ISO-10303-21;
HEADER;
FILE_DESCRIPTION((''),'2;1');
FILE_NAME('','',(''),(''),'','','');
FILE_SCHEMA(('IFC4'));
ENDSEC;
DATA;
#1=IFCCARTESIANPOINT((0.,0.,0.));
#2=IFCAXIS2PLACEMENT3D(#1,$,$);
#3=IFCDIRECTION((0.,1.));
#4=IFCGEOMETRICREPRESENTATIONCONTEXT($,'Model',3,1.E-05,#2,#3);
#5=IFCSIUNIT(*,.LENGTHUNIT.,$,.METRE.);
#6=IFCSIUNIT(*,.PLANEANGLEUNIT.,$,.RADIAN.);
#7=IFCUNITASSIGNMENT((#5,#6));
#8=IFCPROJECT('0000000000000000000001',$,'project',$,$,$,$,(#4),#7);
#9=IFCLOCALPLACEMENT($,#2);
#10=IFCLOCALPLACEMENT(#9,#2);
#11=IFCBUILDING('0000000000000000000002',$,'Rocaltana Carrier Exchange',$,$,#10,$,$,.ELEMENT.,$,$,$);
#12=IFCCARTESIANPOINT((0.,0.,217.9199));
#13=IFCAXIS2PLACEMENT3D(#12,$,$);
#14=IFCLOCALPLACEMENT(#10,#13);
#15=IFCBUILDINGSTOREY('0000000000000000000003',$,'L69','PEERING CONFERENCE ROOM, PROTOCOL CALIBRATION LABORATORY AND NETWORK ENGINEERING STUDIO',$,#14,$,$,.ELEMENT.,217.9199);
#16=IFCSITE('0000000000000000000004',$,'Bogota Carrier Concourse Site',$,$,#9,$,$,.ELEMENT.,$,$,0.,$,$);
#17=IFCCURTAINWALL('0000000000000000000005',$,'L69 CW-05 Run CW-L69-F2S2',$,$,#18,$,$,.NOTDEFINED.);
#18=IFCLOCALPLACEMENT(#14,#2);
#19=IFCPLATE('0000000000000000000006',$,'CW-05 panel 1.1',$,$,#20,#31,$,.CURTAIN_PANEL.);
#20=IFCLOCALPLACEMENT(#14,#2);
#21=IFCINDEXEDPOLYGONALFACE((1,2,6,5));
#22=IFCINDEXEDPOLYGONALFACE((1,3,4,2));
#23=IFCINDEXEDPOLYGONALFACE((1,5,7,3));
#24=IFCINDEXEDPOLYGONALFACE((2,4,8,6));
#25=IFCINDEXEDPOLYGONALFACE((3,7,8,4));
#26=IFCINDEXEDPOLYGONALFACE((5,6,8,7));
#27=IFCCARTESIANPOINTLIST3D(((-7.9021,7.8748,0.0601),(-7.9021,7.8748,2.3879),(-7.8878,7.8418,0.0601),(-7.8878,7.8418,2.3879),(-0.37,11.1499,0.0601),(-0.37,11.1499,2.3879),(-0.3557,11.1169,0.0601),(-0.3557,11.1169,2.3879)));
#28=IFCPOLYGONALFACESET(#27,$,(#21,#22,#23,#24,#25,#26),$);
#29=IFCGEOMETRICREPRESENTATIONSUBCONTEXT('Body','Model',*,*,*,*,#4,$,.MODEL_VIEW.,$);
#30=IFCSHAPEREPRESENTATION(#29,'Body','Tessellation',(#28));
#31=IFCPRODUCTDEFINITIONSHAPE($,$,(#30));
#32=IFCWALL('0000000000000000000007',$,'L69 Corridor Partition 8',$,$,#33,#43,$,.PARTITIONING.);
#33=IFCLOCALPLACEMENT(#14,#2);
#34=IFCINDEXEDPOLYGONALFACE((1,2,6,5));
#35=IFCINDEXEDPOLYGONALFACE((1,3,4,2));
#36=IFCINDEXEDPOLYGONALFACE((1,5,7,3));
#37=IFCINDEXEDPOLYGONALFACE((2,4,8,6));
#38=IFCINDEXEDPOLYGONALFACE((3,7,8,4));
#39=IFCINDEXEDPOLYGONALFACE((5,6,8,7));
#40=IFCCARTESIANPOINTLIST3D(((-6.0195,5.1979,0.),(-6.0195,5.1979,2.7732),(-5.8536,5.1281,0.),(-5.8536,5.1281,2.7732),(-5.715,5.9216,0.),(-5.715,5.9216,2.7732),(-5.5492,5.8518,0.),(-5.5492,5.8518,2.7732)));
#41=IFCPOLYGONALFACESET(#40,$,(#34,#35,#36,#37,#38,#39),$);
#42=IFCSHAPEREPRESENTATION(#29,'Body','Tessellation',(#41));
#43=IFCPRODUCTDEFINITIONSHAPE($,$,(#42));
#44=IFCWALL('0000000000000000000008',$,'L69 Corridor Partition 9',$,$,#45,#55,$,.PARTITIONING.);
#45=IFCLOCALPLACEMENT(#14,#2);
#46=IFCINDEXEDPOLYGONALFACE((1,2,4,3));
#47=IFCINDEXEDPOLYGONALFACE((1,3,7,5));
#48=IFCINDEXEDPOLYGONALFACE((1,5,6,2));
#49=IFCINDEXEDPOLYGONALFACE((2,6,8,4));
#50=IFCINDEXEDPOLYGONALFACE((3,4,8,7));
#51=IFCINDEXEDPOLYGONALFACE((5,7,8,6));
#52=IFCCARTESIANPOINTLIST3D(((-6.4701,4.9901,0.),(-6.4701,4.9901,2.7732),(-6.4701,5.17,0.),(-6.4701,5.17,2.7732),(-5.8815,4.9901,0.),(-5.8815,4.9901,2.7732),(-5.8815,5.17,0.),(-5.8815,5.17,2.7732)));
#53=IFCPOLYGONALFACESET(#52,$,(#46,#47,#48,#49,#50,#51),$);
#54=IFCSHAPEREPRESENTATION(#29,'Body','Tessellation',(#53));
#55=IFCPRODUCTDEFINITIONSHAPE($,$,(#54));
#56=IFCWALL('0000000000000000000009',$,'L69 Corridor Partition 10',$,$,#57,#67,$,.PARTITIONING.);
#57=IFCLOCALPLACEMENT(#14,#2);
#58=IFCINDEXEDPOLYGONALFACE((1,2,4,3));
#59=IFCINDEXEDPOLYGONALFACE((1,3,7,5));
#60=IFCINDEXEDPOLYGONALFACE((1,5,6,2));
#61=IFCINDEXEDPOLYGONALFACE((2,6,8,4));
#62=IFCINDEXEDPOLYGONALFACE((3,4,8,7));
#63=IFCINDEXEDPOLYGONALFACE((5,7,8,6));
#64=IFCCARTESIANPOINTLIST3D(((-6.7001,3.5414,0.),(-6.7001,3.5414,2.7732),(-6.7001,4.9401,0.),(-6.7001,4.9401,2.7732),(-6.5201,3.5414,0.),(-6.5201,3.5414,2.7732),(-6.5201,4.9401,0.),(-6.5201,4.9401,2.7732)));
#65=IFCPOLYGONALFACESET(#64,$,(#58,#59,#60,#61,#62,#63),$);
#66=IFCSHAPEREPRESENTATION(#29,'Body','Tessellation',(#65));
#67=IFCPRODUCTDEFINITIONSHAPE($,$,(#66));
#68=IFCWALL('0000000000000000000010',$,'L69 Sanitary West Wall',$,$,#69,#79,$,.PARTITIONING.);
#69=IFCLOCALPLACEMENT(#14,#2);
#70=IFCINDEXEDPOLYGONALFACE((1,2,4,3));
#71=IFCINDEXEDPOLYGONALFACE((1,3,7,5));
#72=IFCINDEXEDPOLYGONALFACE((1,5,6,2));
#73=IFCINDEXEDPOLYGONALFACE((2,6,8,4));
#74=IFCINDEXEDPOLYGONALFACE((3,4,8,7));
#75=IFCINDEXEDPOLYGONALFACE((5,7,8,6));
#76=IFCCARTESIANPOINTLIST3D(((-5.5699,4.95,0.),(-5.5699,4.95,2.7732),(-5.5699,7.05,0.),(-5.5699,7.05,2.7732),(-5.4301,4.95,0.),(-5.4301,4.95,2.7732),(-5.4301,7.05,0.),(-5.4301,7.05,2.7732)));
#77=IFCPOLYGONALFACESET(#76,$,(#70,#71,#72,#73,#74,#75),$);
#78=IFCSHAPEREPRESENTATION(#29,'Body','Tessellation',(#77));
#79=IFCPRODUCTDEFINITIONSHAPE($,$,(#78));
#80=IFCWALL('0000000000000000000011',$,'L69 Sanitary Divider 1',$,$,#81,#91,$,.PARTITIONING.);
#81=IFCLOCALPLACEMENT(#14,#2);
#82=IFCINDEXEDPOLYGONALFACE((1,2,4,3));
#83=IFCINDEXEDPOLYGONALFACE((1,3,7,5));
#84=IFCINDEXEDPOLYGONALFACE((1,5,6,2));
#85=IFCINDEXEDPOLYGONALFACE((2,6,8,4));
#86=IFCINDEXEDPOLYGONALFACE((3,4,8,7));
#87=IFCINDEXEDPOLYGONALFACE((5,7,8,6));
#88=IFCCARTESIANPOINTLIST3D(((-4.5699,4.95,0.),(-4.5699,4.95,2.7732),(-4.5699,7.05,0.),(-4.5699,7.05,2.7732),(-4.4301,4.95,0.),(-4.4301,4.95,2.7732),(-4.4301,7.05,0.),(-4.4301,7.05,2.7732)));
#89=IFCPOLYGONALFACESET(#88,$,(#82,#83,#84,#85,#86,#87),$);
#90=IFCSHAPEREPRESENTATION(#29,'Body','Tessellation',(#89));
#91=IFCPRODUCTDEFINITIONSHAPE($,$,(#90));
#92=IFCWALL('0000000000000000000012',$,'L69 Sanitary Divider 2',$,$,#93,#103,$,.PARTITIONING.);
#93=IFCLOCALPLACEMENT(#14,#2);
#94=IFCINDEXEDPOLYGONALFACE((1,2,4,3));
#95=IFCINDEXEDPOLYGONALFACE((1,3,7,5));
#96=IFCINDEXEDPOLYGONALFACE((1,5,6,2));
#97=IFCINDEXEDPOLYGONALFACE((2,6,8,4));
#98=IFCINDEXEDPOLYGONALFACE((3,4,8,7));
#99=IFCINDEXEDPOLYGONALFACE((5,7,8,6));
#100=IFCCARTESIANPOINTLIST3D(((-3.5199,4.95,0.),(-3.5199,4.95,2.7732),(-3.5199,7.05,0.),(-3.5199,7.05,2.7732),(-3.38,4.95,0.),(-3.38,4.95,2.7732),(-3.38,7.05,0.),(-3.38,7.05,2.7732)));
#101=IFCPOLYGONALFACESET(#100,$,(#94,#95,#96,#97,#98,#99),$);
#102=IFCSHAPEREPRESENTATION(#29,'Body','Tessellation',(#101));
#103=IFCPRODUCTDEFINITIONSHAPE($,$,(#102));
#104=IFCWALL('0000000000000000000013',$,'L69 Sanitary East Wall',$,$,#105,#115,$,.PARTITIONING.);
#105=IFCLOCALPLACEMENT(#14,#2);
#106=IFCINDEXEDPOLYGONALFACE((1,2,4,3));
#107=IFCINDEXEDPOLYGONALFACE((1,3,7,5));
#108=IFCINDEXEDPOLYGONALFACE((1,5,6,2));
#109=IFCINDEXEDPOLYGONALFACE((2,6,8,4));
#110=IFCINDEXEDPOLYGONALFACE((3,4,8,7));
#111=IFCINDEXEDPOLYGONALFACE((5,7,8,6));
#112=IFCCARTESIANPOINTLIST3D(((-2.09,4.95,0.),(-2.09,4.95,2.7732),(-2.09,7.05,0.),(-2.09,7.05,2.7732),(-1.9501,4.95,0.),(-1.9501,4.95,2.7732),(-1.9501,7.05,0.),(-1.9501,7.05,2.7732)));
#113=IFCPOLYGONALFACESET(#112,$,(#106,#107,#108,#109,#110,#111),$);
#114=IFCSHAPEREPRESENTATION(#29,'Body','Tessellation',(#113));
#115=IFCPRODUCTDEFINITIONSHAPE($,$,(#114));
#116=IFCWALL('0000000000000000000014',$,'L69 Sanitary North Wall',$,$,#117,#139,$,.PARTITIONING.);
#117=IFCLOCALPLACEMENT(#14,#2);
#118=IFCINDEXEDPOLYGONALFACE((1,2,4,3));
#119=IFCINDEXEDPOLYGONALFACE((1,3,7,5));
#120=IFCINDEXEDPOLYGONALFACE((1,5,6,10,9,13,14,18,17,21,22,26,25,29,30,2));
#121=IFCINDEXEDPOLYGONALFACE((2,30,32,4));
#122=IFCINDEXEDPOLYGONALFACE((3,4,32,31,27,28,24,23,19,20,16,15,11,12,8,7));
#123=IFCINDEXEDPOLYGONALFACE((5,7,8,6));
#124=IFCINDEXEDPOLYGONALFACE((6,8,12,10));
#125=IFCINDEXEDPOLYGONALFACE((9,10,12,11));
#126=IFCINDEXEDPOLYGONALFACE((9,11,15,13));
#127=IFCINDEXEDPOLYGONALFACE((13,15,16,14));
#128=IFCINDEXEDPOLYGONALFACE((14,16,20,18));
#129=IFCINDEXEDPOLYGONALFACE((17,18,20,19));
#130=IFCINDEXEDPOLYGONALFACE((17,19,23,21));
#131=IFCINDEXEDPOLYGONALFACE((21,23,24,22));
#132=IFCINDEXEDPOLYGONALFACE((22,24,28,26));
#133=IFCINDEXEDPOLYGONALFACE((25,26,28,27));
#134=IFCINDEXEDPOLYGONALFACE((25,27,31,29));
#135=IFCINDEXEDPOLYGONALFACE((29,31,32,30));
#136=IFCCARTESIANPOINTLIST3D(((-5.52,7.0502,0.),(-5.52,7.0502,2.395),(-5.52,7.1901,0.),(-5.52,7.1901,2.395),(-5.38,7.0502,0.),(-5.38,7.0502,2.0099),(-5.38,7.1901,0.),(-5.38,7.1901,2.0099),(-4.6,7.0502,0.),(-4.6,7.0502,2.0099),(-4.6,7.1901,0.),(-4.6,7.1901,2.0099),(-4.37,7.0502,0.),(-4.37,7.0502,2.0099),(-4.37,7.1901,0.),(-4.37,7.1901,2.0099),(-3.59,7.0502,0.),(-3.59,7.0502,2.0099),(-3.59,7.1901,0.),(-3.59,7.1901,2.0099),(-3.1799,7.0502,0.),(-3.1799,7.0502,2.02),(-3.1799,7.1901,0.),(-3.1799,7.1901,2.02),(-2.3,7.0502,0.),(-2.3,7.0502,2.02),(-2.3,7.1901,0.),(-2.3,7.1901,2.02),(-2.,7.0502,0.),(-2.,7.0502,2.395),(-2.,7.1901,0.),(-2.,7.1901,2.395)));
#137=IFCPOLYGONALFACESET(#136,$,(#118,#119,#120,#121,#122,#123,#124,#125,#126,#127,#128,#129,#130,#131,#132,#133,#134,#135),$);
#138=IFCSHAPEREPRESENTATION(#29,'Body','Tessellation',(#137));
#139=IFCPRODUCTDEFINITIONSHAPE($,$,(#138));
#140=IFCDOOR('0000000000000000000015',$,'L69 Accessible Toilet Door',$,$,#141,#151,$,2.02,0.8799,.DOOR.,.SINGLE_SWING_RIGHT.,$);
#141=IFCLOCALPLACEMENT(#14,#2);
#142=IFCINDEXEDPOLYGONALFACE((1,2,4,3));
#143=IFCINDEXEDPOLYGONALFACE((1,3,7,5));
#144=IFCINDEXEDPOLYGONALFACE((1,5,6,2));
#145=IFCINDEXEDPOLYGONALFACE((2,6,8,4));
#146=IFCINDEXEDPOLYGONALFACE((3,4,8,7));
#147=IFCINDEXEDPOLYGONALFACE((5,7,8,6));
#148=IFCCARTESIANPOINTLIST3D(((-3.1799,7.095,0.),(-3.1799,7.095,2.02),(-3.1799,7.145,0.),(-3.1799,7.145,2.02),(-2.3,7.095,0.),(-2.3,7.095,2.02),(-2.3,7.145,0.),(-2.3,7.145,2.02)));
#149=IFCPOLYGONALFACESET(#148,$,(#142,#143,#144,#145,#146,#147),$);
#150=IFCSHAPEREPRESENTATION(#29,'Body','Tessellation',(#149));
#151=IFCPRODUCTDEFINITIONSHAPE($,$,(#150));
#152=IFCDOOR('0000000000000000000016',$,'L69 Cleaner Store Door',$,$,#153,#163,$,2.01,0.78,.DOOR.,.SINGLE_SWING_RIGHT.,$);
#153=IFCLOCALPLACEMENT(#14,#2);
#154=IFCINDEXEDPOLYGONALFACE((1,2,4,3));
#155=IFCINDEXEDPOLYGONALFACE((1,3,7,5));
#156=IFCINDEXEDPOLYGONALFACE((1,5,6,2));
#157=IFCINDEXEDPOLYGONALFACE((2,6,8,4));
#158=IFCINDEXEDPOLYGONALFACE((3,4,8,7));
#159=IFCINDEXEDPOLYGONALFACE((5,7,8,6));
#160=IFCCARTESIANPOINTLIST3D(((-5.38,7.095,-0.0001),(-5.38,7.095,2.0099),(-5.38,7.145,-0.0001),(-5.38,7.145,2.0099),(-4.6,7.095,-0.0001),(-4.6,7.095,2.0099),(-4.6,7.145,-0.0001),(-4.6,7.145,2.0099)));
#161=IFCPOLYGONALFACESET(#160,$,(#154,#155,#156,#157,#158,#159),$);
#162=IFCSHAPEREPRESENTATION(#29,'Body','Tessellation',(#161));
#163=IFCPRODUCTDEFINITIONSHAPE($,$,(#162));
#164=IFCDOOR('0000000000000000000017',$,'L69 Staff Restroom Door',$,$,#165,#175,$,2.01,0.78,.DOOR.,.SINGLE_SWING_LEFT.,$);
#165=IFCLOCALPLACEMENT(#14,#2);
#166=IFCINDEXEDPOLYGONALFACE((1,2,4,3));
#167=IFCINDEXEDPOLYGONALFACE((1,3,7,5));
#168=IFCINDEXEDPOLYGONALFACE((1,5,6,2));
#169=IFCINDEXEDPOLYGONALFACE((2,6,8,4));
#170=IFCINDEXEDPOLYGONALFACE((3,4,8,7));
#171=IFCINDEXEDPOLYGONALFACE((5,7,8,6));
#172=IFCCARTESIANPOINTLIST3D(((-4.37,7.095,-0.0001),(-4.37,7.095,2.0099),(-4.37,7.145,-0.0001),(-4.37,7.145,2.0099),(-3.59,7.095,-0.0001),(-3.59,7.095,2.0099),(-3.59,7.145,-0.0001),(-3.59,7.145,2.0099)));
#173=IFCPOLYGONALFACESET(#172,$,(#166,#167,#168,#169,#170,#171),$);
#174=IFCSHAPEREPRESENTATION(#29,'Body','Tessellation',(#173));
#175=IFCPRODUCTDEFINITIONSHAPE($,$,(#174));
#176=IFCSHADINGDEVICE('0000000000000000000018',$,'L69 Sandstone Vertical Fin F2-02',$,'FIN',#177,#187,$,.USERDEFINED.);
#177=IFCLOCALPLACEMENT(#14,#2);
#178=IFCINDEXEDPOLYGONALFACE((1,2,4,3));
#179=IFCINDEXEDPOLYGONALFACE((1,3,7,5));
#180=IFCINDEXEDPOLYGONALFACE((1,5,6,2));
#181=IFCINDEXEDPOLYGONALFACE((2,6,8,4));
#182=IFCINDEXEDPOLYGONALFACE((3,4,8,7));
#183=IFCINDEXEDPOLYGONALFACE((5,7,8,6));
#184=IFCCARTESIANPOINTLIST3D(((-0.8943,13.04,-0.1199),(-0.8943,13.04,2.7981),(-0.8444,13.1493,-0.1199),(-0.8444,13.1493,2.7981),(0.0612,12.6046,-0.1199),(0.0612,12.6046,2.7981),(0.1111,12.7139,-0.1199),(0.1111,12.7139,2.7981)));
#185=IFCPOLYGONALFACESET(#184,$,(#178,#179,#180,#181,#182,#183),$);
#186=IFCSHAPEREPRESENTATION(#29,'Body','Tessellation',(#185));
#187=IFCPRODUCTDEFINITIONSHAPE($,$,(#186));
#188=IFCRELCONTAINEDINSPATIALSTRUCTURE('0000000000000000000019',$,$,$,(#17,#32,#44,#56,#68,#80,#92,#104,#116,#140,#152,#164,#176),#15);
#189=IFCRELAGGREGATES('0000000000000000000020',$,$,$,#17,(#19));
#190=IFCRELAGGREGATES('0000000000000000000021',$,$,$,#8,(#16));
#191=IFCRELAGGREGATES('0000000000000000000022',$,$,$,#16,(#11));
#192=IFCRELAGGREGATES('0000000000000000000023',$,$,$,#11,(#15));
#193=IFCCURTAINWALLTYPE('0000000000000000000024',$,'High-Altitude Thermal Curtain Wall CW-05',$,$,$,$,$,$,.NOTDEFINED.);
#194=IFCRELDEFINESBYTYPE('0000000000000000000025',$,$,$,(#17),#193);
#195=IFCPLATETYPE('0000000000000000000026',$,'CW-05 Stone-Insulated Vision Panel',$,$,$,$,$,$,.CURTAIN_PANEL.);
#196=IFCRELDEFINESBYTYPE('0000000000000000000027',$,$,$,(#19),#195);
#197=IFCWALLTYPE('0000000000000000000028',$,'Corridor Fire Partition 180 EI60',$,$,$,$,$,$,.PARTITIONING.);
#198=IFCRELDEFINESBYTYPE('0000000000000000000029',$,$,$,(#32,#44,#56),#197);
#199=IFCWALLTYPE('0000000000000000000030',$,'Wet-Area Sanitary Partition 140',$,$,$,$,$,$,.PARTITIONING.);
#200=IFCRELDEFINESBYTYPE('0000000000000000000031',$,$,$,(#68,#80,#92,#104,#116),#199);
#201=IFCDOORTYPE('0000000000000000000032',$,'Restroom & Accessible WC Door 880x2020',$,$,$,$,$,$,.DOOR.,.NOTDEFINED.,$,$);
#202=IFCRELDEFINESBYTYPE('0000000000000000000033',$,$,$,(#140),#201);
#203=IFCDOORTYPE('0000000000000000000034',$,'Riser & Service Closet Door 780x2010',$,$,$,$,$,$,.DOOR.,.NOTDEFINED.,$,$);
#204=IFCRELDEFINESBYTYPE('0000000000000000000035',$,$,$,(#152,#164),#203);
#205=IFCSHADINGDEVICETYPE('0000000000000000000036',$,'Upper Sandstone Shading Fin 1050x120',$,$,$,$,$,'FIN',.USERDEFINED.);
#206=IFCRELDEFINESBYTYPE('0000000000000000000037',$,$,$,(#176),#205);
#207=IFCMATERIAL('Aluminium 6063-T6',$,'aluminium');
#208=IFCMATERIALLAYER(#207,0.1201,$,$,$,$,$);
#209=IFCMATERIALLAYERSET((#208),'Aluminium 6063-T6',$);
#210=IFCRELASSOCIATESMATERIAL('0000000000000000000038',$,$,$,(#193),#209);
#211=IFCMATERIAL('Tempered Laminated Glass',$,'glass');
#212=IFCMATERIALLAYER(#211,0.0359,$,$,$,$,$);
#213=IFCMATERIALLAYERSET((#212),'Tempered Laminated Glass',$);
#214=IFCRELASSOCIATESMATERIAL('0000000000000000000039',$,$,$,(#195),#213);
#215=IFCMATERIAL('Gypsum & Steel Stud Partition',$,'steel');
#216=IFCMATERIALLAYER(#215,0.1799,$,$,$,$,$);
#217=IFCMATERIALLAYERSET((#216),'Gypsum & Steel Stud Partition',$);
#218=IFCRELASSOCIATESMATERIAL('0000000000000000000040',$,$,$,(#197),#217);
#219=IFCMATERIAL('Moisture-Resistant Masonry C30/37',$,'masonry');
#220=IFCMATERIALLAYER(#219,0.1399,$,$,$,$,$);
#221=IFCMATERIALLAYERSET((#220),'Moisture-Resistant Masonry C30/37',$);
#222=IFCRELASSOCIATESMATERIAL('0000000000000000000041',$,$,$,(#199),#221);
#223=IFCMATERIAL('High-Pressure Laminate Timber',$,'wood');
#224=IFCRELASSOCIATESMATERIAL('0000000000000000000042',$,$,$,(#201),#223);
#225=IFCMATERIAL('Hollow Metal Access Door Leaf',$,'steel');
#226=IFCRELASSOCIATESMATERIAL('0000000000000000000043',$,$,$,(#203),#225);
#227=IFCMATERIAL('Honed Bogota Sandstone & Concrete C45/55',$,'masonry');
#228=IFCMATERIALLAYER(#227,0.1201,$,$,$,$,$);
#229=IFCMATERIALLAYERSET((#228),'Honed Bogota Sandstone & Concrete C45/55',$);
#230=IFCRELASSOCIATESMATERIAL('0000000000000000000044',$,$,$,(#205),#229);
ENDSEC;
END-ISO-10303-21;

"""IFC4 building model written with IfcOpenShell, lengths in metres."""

from ifc_helpers import new_model, si_unit, direction, frame, frame_2d, origin, origin_2d, place, context, subcontext, project, spatial, rectangle, extrude, material, layer, layer_set, type_object, element, fill, aggregate, save


model = new_model("IFC4")

# Units and contexts
model_context = context("Model", 3, precision=1e-05, world=origin(), true_north=direction((0.0, 1.0)))
body_context = subcontext(model_context, "Body", "Model", "MODEL_VIEW")
ifc_project = project(units=[si_unit("LENGTHUNIT", "METRE"), si_unit("PLANEANGLEUNIT", "RADIAN")], contexts=[model_context])

# Site, building, storey
site_placement = place(None, origin())
site = spatial("IfcSite", under=ifc_project, at=site_placement, Name="Bogota Carrier Concourse Site", CompositionType="ELEMENT", RefElevation=0.0)
building_placement = place(site_placement, origin())
building = spatial("IfcBuilding", under=site, at=building_placement, Name="Rocaltana Carrier Exchange", CompositionType="ELEMENT")
storey_placement = place(building_placement, frame((0.0, 0.0, 217.9199)))
storey = spatial("IfcBuildingStorey", under=building, at=storey_placement, Name="L69", Description="PEERING CONFERENCE ROOM, PROTOCOL CALIBRATION LABORATORY AND NETWORK ENGINEERING STUDIO", CompositionType="ELEMENT", Elevation=217.9199)

# Curtain wall
ifc_material_1 = material(Name="Aluminium 6063-T6", Category="aluminium")
ifc_layer_1 = layer(ifc_material_1, 0.1201)
ifc_layer_set_1 = layer_set([ifc_layer_1], Name="Aluminium 6063-T6")
curtain_wall_type = type_object("IfcCurtainWallType", Name="High-Altitude Thermal Curtain Wall CW-05", PredefinedType="NOTDEFINED", material=ifc_layer_set_1)
curtain_wall_placement = place(storey_placement, origin())
curtain_wall = element("IfcCurtainWall", 1, at=curtain_wall_placement, inside=storey, type_object=curtain_wall_type, Name="L69 CW-05 Run CW-L69-F2S2", PredefinedType="NOTDEFINED")

# Plate
ifc_material_2 = material(Name="Tempered Laminated Glass", Category="glass")
ifc_layer_2 = layer(ifc_material_2, 0.0359)
ifc_layer_set_2 = layer_set([ifc_layer_2], Name="Tempered Laminated Glass")
plate_type = type_object("IfcPlateType", Name="CW-05 Stone-Insulated Vision Panel", PredefinedType="CURTAIN_PANEL", material=ifc_layer_set_2)
plate_placement = place(storey_placement, frame((-4.1289, 9.4958, 0.0601), z_axis=(0.0, 0.0, 1.0), x_axis=(-0.917059, -0.398752, 0.0)))
plate = element("IfcPlate", 2, at=plate_placement, type_object=plate_type, Name="CW-05 panel 1.1", PredefinedType="CURTAIN_PANEL", context=body_context, shape_type="SweptSolid", body=[
    extrude(rectangle(XDim=8.2134, YDim=0.0359, at=origin_2d()), origin(), (0.0, 0.0, 1.0), 2.3279),
])
aggregate(curtain_wall, [plate])

# Walls
ifc_material_3 = material(Name="Gypsum & Steel Stud Partition", Category="steel")
ifc_layer_3 = layer(ifc_material_3, 0.1799)
ifc_layer_set_3 = layer_set([ifc_layer_3], Name="Gypsum & Steel Stud Partition")
wall_type_1 = type_object("IfcWallType", Name="Corridor Fire Partition 180 EI60", PredefinedType="PARTITIONING", material=ifc_layer_set_3)
wall_1_placement = place(storey_placement, frame((-5.6321, 5.8867, 0.0), z_axis=(0.0, 0.0, 1.0), x_axis=(-0.387793, -0.921747, 0.0)))
element("IfcWall", 3, at=wall_1_placement, inside=storey, type_object=wall_type_1, Name="L69 Corridor Partition 8", PredefinedType="PARTITIONING", context=body_context, shape_type="SweptSolid", body=[
    extrude(rectangle(XDim=0.7852, YDim=0.1799, at=frame_2d((0.3926, 0.0))), origin(), (0.0, 0.0, 1.0), 2.7732),
])
wall_2_placement = place(storey_placement, frame((-5.8813, 5.0801, 0.0), z_axis=(0.0, 0.0, 1.0), x_axis=(-1.0, 0.0, 0.0)))
element("IfcWall", 4, at=wall_2_placement, inside=storey, type_object=wall_type_1, Name="L69 Corridor Partition 9", PredefinedType="PARTITIONING", context=body_context, shape_type="SweptSolid", body=[
    extrude(rectangle(XDim=0.5886, YDim=0.1799, at=frame_2d((0.2944, 0.0))), origin(), (0.0, 0.0, 1.0), 2.7732),
])
wall_3_placement = place(storey_placement, frame((-6.6101, 4.9399, 0.0), z_axis=(0.0, 0.0, 1.0), x_axis=(0.0, -1.0, 0.0)))
element("IfcWall", 5, at=wall_3_placement, inside=storey, type_object=wall_type_1, Name="L69 Corridor Partition 10", PredefinedType="PARTITIONING", context=body_context, shape_type="SweptSolid", body=[
    extrude(rectangle(XDim=1.3987, YDim=0.1799, at=frame_2d((0.6992, 0.0))), origin(), (0.0, 0.0, 1.0), 2.7732),
])
ifc_material_4 = material(Name="Moisture-Resistant Masonry C30/37", Category="masonry")
ifc_layer_4 = layer(ifc_material_4, 0.1399)
ifc_layer_set_4 = layer_set([ifc_layer_4], Name="Moisture-Resistant Masonry C30/37")
wall_type_2 = type_object("IfcWallType", Name="Wet-Area Sanitary Partition 140", PredefinedType="PARTITIONING", material=ifc_layer_set_4)
for number, where, z_axis, x_axis, name in (
    (6, (-5.5, 4.95, 0.0), (0.0, 0.0, 1.0), (0.0, 1.0, 0.0), "L69 Sanitary West Wall"),
    (7, (-4.5, 4.95, 0.0), (0.0, 0.0, 1.0), (0.0, 1.0, 0.0), "L69 Sanitary Divider 1"),
    (8, (-3.45, 4.95, 0.0), (0.0, 0.0, 1.0), (0.0, 1.0, 0.0), "L69 Sanitary Divider 2"),
    (9, (-2.02, 4.95, 0.0), (0.0, 0.0, 1.0), (0.0, 1.0, 0.0), "L69 Sanitary East Wall"),
):
    element("IfcWall", number, at=place(storey_placement, frame(where, z_axis=z_axis, x_axis=x_axis)), inside=storey, type_object=wall_type_2, Name=name, PredefinedType="PARTITIONING", context=body_context, shape_type="SweptSolid", body=[
        extrude(rectangle(XDim=2.1001, YDim=0.1399, at=frame_2d((1.05, 0.0))), origin(), (0.0, 0.0, 1.0), 2.7732),
    ])

# Wall, openings, doors
wall_4_placement = place(storey_placement, frame((-5.52, 7.1201, 0.0), z_axis=(0.0, 0.0, 1.0), x_axis=(1.0, 0.0, 0.0)))
wall_4 = element("IfcWall", 10, at=wall_4_placement, inside=storey, type_object=wall_type_2, Name="L69 Sanitary North Wall", PredefinedType="PARTITIONING", context=body_context, shape_type="SweptSolid", body=[
    extrude(rectangle(XDim=3.52, YDim=0.1399, at=frame_2d((1.76, 0.0))), origin(), (0.0, 0.0, 1.0), 2.395),
])
opening_1_placement = place(wall_4_placement, frame((0.1399, 0.0, 0.0)))
opening_1 = element("IfcOpeningElement", 11, at=opening_1_placement, cuts=wall_4, PredefinedType="OPENING", context=body_context, shape_type="SweptSolid", body=[
    extrude(rectangle(XDim=0.78, YDim=2.01, at=frame_2d((0.3901, 1.0049))), frame((0.0, 0.0798, 0.0), z_axis=(0.0, -1.0, 0.0), x_axis=(1.0, 0.0, 0.0)), (0.0, 0.0, 1.0), 0.1599),
])
opening_2_placement = place(wall_4_placement, frame((1.1499, 0.0, 0.0)))
opening_2 = element("IfcOpeningElement", 12, at=opening_2_placement, cuts=wall_4, PredefinedType="OPENING", context=body_context, shape_type="SweptSolid", body=[
    extrude(rectangle(XDim=0.78, YDim=2.01, at=frame_2d((0.3901, 1.0049))), frame((0.0, 0.0798, 0.0), z_axis=(0.0, -1.0, 0.0), x_axis=(1.0, 0.0, 0.0)), (0.0, 0.0, 1.0), 0.1599),
])
opening_3_placement = place(wall_4_placement, frame((2.3401, 0.0, 0.0)))
opening_3 = element("IfcOpeningElement", 13, at=opening_3_placement, cuts=wall_4, PredefinedType="OPENING", context=body_context, shape_type="SweptSolid", body=[
    extrude(rectangle(XDim=0.8799, YDim=2.02, at=frame_2d((0.4399, 1.01))), frame((0.0, 0.0798, 0.0), z_axis=(0.0, -1.0, 0.0), x_axis=(1.0, 0.0, 0.0)), (0.0, 0.0, 1.0), 0.1599),
])
ifc_material_5 = material(Name="High-Pressure Laminate Timber", Category="wood")
door_type_1 = type_object("IfcDoorType", Name="Restroom & Accessible WC Door 880x2020", OperationType="NOTDEFINED", PredefinedType="DOOR", material=ifc_material_5)
door_1_placement = place(opening_3_placement, origin())
door_1 = element("IfcDoor", 14, at=door_1_placement, inside=storey, type_object=door_type_1, Name="L69 Accessible Toilet Door", OperationType="SINGLE_SWING_RIGHT", OverallHeight=2.02, OverallWidth=0.8799, PredefinedType="DOOR", context=body_context, shape_type="SweptSolid", body=[
    extrude(rectangle(XDim=0.8799, YDim=2.02, at=frame_2d((0.4399, 1.01))), frame((0.0, 0.0249, 0.0), z_axis=(0.0, -1.0, 0.0), x_axis=(1.0, 0.0, 0.0)), (0.0, 0.0, 1.0), 0.05),
])
fill(opening_3, door_1)
ifc_material_6 = material(Name="Hollow Metal Access Door Leaf", Category="steel")
door_type_2 = type_object("IfcDoorType", Name="Riser & Service Closet Door 780x2010", OperationType="NOTDEFINED", PredefinedType="DOOR", material=ifc_material_6)
door_2_placement = place(opening_1_placement, origin())
door_2 = element("IfcDoor", 15, at=door_2_placement, inside=storey, type_object=door_type_2, Name="L69 Cleaner Store Door", OperationType="SINGLE_SWING_RIGHT", OverallHeight=2.01, OverallWidth=0.78, PredefinedType="DOOR", context=body_context, shape_type="SweptSolid", body=[
    extrude(rectangle(XDim=0.78, YDim=2.01, at=frame_2d((0.3901, 1.0049))), frame((0.0, 0.0249, 0.0), z_axis=(0.0, -1.0, 0.0), x_axis=(1.0, 0.0, 0.0)), (0.0, 0.0, 1.0), 0.05),
])
fill(opening_1, door_2)
door_3_placement = place(opening_2_placement, origin())
door_3 = element("IfcDoor", 16, at=door_3_placement, inside=storey, type_object=door_type_2, Name="L69 Staff Restroom Door", OperationType="SINGLE_SWING_LEFT", OverallHeight=2.01, OverallWidth=0.78, PredefinedType="DOOR", context=body_context, shape_type="SweptSolid", body=[
    extrude(rectangle(XDim=0.78, YDim=2.01, at=frame_2d((0.3901, 1.0049))), frame((0.0, 0.0249, 0.0), z_axis=(0.0, -1.0, 0.0), x_axis=(1.0, 0.0, 0.0)), (0.0, 0.0, 1.0), 0.05),
])
fill(opening_2, door_3)

# Shading device
ifc_material_7 = material(Name="Honed Bogota Sandstone & Concrete C45/55", Category="masonry")
ifc_layer_5 = layer(ifc_material_7, 0.1201)
ifc_layer_set_5 = layer_set([ifc_layer_5], Name="Honed Bogota Sandstone & Concrete C45/55")
shading_device_type = type_object("IfcShadingDeviceType", Name="Upper Sandstone Shading Fin 1050x120", ElementType="FIN", PredefinedType="USERDEFINED", material=ifc_layer_set_5)
shading_device_placement = place(storey_placement, frame((-0.3916, 12.877, -0.1199), z_axis=(0.0, 0.0, 1.0), x_axis=(-0.909961, 0.414693, 0.0)))
element("IfcShadingDevice", 17, at=shading_device_placement, inside=storey, type_object=shading_device_type, Name="L69 Sandstone Vertical Fin F2-02", ObjectType="FIN", PredefinedType="USERDEFINED", context=body_context, shape_type="SweptSolid", body=[
    extrude(rectangle(XDim=1.05, YDim=0.1201, at=origin_2d()), origin(), (0.0, 0.0, 1.0), 2.918),
])

save(model, "model.ifc")
